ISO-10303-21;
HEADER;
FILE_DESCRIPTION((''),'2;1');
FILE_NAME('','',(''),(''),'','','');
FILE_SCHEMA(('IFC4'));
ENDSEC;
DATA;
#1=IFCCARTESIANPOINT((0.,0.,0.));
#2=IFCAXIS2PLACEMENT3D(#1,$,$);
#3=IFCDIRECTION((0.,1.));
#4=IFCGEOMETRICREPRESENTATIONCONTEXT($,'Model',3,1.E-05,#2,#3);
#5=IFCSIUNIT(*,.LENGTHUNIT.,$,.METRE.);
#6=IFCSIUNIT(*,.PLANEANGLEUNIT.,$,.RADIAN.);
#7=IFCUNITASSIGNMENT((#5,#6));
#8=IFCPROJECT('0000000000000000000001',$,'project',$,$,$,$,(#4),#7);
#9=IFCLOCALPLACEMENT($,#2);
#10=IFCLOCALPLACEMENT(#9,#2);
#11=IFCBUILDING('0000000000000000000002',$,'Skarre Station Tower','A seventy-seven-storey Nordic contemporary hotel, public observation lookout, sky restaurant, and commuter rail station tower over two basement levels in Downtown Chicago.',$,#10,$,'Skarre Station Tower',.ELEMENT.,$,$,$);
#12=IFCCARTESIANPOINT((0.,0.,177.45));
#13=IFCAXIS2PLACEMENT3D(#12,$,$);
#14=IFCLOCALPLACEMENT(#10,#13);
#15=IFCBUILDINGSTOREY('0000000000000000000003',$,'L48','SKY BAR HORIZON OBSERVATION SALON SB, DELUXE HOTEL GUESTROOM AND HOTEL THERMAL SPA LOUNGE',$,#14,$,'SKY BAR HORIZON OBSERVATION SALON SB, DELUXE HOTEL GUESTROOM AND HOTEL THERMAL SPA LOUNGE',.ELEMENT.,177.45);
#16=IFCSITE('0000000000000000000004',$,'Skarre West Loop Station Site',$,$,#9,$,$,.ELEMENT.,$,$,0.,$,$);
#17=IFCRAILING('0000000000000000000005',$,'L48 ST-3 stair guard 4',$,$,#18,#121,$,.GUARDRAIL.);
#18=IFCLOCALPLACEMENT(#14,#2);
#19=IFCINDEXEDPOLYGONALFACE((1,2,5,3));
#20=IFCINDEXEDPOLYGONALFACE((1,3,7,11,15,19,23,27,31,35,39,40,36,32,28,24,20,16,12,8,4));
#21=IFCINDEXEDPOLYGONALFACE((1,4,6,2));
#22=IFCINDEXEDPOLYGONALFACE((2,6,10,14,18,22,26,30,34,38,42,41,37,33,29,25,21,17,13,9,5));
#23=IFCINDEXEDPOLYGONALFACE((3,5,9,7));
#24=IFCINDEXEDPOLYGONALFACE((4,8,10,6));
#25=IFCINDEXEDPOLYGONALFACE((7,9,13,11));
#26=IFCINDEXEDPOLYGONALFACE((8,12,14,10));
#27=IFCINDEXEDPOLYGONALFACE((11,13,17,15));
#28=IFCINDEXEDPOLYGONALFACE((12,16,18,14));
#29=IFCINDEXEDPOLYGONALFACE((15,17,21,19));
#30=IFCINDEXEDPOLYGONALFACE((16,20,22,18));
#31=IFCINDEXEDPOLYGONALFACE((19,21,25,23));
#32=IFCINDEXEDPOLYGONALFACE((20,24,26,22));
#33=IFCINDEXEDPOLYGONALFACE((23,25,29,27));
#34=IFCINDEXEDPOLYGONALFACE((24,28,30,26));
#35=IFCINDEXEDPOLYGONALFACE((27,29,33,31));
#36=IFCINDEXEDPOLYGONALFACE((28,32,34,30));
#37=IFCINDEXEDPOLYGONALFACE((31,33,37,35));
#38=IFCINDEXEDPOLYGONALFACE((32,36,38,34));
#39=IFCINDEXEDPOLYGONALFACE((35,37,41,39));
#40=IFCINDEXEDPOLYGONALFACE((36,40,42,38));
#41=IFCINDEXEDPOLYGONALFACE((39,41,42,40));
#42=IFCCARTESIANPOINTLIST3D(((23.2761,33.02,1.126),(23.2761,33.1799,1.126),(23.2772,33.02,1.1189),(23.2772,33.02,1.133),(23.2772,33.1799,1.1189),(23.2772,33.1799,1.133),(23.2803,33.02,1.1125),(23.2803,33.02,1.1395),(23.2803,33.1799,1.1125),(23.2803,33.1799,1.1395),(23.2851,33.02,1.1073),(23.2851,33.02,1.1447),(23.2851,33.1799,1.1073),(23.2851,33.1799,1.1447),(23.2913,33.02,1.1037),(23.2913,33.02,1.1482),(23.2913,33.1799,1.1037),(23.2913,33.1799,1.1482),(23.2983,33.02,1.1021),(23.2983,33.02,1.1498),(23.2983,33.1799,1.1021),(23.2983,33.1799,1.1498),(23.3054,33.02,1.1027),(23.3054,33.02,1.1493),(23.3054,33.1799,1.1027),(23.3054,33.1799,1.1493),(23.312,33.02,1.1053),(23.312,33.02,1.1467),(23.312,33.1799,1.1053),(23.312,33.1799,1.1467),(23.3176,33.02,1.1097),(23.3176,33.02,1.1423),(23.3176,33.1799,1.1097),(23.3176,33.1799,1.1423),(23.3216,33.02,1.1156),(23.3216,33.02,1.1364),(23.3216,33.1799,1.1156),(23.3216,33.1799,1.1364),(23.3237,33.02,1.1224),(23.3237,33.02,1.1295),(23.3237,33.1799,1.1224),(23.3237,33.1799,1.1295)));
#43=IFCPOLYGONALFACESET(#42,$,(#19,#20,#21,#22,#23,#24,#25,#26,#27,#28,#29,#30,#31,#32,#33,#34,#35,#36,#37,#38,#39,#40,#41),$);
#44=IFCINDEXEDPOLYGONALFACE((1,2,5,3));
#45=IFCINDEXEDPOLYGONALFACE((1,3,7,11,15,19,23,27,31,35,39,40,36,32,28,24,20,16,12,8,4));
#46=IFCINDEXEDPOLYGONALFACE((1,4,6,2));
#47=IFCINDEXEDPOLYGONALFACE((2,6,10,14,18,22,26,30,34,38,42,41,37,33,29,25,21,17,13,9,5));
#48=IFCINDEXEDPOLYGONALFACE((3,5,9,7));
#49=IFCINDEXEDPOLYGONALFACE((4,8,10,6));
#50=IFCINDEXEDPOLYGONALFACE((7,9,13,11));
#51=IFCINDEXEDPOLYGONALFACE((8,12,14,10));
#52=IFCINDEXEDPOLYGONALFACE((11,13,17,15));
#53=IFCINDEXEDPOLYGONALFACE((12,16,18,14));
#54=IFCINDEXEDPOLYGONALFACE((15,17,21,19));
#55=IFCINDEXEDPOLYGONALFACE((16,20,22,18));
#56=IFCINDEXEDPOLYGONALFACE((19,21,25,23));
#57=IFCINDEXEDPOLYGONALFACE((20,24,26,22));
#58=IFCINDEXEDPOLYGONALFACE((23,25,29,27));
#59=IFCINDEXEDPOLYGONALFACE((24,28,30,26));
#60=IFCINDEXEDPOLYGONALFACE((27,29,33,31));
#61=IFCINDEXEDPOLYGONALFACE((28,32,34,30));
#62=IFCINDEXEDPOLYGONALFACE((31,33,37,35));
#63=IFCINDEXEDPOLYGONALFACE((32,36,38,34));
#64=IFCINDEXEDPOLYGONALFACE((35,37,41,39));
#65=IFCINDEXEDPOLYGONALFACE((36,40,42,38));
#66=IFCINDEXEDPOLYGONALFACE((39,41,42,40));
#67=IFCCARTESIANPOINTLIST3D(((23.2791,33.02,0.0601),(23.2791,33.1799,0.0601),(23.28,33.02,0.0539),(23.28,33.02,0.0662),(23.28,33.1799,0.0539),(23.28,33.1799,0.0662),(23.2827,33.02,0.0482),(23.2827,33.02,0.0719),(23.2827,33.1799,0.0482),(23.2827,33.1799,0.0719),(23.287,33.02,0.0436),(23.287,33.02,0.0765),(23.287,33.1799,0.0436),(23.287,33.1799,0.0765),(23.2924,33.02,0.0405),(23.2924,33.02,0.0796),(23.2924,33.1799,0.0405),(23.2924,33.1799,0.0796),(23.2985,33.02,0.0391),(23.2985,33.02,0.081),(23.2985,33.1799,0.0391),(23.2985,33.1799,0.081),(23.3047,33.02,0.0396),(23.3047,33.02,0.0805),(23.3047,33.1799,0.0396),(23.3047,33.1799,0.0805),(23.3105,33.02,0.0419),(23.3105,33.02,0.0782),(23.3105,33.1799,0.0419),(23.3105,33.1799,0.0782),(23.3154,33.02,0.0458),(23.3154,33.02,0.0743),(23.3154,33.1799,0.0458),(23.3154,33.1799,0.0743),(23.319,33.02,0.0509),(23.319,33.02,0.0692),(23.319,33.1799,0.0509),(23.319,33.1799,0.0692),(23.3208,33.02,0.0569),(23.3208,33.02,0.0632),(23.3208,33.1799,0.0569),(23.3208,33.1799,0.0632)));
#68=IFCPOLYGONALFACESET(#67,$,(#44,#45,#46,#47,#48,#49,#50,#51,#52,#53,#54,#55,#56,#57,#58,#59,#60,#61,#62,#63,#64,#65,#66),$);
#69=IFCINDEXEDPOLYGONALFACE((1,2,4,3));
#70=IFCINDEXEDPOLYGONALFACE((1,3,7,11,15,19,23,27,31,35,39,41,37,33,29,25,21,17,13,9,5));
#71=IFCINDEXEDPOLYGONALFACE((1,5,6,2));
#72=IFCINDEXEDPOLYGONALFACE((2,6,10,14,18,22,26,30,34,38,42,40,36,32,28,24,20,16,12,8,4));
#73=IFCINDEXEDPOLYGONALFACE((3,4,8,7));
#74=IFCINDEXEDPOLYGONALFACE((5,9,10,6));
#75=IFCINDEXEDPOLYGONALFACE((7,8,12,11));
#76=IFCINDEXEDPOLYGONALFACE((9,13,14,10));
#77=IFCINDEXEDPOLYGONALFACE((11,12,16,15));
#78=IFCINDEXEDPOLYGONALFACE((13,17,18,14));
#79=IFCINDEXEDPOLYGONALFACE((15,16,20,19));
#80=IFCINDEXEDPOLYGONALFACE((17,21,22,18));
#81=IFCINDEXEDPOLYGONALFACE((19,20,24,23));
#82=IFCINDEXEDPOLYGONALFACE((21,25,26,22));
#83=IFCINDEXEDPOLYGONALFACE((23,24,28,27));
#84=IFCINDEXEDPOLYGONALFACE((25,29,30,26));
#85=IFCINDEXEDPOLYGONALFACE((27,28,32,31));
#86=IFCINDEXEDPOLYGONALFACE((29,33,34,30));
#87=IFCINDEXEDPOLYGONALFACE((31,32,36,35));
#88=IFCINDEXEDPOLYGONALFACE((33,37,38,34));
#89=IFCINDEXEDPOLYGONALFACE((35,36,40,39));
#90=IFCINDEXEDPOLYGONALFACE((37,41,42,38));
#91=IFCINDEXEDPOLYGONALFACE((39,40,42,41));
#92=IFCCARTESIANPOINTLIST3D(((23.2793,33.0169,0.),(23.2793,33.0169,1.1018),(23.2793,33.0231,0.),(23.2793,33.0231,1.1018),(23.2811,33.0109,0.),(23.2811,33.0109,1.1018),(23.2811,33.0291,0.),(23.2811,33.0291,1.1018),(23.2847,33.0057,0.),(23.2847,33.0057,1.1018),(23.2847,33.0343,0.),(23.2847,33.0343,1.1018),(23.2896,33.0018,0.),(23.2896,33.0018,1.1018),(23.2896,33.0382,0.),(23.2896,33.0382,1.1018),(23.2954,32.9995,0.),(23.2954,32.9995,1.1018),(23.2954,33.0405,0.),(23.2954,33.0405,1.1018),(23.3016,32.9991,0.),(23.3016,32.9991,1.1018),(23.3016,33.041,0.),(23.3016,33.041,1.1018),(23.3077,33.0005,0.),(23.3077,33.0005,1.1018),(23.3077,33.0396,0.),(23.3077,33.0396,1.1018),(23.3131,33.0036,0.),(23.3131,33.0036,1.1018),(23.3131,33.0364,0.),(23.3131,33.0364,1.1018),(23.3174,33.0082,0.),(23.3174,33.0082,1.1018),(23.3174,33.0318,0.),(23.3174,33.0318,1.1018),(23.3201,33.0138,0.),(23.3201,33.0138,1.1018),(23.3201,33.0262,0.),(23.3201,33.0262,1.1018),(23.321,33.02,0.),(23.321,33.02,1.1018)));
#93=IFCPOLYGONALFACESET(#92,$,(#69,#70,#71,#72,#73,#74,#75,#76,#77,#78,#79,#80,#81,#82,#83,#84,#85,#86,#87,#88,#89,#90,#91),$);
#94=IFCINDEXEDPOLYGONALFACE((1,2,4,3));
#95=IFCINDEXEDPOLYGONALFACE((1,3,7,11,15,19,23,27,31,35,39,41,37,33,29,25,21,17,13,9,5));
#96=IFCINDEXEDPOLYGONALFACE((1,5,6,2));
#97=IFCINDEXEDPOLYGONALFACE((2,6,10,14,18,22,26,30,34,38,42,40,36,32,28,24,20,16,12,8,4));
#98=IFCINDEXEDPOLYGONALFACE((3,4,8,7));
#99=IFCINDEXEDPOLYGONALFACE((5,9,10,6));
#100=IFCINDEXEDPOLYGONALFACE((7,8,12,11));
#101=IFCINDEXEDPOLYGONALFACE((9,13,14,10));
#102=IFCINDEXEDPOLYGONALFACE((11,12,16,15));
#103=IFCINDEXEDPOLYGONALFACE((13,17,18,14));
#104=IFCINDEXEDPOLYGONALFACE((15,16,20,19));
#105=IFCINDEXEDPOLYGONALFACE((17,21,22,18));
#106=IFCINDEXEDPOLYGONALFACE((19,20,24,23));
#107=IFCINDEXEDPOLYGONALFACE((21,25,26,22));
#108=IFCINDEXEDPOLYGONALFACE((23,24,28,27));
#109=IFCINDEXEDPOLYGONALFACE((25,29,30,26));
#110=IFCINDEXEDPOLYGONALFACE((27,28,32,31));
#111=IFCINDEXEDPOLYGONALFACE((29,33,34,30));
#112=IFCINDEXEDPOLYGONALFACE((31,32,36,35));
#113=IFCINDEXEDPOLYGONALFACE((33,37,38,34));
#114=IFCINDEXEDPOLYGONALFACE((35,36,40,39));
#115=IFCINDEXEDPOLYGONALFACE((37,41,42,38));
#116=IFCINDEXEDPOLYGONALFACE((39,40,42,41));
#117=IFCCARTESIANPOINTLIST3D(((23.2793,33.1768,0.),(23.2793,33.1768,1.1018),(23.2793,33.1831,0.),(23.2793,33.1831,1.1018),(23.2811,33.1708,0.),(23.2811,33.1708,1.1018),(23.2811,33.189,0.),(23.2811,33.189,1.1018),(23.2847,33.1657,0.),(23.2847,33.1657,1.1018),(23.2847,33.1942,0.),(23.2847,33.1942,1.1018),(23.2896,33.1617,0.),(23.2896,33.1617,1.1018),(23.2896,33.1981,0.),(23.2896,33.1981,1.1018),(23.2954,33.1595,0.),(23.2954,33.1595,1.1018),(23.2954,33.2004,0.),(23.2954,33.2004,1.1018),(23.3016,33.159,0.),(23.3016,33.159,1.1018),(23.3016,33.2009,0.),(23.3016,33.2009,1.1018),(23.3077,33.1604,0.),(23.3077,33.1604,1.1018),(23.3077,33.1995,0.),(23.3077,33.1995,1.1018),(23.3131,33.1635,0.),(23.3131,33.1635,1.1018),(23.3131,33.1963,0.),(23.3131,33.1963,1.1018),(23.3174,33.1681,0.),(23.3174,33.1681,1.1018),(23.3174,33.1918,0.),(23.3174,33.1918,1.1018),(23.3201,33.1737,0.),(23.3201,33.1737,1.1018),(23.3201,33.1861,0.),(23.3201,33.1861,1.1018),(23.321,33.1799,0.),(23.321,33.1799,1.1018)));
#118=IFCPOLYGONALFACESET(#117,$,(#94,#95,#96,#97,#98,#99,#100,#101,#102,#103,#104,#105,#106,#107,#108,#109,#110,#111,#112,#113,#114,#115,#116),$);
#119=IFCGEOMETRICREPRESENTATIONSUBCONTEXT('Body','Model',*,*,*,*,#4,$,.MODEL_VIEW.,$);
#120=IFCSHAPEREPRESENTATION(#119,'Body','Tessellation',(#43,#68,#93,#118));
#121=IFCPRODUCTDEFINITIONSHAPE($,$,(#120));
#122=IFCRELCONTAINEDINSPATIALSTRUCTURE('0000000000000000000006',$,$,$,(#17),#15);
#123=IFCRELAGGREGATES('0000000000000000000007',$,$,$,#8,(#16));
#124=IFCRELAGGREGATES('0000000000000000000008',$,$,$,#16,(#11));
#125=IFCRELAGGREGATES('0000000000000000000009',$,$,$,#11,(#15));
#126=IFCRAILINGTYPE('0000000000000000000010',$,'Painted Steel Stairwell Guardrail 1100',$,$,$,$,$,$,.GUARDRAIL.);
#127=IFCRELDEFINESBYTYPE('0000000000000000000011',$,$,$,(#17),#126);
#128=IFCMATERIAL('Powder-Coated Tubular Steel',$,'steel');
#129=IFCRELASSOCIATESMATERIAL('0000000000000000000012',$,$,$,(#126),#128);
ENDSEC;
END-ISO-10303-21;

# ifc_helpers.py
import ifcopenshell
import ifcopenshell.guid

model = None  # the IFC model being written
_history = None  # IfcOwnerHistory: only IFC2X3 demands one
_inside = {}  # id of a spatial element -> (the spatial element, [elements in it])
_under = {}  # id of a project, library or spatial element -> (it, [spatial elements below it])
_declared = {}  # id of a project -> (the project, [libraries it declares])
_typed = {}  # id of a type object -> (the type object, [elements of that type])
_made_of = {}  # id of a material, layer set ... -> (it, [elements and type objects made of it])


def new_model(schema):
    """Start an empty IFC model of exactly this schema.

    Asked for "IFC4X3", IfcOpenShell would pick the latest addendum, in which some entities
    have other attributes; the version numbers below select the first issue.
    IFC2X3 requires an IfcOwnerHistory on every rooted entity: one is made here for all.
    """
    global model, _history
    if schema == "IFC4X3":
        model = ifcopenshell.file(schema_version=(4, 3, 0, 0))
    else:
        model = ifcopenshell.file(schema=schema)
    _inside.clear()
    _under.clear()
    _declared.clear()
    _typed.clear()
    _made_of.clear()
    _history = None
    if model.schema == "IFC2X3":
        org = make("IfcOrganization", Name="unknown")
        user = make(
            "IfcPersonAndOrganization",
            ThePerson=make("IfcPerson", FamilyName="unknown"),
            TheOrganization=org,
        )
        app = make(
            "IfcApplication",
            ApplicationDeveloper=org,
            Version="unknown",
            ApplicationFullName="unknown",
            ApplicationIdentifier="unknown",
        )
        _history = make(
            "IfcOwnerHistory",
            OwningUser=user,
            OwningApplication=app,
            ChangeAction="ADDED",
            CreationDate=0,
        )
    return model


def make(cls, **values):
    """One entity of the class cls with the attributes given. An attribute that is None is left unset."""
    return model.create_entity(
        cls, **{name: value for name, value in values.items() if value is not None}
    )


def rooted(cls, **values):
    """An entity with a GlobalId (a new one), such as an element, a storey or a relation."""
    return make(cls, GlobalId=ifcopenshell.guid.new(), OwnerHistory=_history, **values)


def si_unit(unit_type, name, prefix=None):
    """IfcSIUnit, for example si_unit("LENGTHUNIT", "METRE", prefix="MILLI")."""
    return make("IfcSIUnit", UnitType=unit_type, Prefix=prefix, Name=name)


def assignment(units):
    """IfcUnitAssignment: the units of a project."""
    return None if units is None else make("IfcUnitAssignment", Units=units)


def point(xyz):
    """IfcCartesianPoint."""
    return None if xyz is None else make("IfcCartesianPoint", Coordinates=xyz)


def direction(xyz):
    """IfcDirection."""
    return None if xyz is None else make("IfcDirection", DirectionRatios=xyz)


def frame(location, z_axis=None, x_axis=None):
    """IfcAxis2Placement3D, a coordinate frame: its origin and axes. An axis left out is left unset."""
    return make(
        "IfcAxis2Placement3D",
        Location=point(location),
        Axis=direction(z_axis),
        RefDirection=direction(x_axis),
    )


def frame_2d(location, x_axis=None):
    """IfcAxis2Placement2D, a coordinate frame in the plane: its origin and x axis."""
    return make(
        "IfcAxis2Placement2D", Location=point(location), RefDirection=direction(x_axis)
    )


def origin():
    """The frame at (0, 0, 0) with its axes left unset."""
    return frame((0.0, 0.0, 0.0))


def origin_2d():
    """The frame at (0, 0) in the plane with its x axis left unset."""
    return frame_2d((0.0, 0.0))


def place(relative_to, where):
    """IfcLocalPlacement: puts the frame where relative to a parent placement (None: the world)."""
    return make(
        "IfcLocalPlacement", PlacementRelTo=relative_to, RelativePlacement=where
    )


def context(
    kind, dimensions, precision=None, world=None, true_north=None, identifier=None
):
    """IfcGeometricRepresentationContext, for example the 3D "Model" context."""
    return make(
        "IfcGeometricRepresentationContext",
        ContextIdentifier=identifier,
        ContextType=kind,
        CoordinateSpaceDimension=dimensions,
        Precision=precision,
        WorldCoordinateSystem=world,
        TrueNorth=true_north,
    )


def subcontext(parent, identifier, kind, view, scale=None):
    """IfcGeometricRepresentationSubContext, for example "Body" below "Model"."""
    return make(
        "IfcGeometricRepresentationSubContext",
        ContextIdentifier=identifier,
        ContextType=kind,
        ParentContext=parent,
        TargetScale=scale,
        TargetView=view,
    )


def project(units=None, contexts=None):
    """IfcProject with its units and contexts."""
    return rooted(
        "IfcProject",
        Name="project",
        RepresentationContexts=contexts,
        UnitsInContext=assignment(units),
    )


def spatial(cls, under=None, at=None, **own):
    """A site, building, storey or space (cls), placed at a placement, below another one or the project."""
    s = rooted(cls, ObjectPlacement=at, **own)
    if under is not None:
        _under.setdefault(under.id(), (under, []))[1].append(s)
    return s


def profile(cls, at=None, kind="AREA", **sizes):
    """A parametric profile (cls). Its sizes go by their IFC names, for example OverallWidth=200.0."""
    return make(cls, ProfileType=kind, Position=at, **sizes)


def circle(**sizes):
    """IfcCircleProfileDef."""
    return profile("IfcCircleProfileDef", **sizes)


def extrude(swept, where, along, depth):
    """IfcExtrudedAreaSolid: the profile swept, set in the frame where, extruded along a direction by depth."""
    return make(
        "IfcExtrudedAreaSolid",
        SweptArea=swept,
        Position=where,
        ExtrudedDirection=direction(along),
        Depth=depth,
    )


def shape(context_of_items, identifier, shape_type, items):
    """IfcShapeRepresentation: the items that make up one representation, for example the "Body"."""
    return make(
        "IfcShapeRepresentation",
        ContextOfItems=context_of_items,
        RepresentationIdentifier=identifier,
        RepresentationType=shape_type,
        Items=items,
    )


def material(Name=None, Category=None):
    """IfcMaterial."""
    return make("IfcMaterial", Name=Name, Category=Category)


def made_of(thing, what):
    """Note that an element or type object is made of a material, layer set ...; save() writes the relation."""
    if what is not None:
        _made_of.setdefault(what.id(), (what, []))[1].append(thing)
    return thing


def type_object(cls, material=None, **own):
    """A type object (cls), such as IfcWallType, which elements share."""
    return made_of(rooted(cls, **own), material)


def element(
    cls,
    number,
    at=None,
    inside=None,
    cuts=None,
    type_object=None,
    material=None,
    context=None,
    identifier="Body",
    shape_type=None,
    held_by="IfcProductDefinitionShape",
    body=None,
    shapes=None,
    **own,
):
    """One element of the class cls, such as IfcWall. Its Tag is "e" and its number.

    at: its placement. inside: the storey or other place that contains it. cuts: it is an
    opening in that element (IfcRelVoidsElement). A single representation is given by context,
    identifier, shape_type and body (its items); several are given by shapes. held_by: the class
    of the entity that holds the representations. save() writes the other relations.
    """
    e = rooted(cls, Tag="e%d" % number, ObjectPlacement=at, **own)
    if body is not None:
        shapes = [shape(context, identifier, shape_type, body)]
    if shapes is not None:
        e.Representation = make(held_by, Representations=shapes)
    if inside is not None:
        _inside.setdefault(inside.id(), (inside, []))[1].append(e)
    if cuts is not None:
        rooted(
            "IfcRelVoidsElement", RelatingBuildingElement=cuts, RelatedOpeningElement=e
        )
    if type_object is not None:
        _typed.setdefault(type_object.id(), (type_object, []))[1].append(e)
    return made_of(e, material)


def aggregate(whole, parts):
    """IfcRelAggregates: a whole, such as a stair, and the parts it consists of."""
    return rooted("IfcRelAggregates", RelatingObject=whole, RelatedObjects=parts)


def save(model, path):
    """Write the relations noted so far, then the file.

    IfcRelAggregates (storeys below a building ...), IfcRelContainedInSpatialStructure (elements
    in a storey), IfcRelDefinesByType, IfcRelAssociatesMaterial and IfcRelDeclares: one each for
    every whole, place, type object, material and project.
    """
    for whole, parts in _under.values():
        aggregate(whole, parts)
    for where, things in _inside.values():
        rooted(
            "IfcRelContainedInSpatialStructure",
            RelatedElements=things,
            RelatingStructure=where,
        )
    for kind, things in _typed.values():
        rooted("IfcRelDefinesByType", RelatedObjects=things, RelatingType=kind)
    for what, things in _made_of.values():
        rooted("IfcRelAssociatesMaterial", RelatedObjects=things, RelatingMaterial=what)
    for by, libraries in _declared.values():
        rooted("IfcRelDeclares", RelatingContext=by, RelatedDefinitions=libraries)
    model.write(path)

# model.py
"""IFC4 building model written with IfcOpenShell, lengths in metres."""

from ifc_helpers import new_model, si_unit, direction, frame, origin, origin_2d, place, context, subcontext, project, spatial, circle, extrude, material, type_object, element, save


model = new_model("IFC4")

# Units and contexts
model_context = context("Model", 3, precision=1e-05, world=origin(), true_north=direction((0.0, 1.0)))
body_context = subcontext(model_context, "Body", "Model", "MODEL_VIEW")
ifc_project = project(units=[si_unit("LENGTHUNIT", "METRE"), si_unit("PLANEANGLEUNIT", "RADIAN")], contexts=[model_context])

# Site, building, storey
site_placement = place(None, origin())
site = spatial("IfcSite", under=ifc_project, at=site_placement, Name="Skarre West Loop Station Site", CompositionType="ELEMENT", RefElevation=0.0)
building_placement = place(site_placement, origin())
building = spatial("IfcBuilding", under=site, at=building_placement, Name="Skarre Station Tower", Description="A seventy-seven-storey Nordic contemporary hotel, public observation lookout, sky restaurant, and commuter rail station tower over two basement levels in Downtown Chicago.", LongName="Skarre Station Tower", CompositionType="ELEMENT")
storey_placement = place(building_placement, frame((0.0, 0.0, 177.45)))
storey = spatial("IfcBuildingStorey", under=building, at=storey_placement, Name="L48", Description="SKY BAR HORIZON OBSERVATION SALON SB, DELUXE HOTEL GUESTROOM AND HOTEL THERMAL SPA LOUNGE", LongName="SKY BAR HORIZON OBSERVATION SALON SB, DELUXE HOTEL GUESTROOM AND HOTEL THERMAL SPA LOUNGE", CompositionType="ELEMENT", Elevation=177.45)

# Railing
ifc_material_1 = material(Name="Powder-Coated Tubular Steel", Category="steel")
railing_type_1 = type_object("IfcRailingType", Name="Painted Steel Stairwell Guardrail 1100", PredefinedType="GUARDRAIL", material=ifc_material_1)
railing_1_placement = place(storey_placement, frame((23.3, 33.02, 0.0)))
element("IfcRailing", 1, at=railing_1_placement, inside=storey, type_object=railing_type_1, Name="L48 ST-3 stair guard 4", PredefinedType="GUARDRAIL", context=body_context, shape_type="SweptSolid", body=[
    extrude(circle(Radius=0.0239, at=origin_2d()), frame((0.0, 0.0, 1.126), z_axis=(0.0, 1.0, 0.0), x_axis=(-1.0, 0.0, 0.0)), (0.0, 0.0, 1.0), 0.1599),
    extrude(circle(Radius=0.021, at=origin_2d()), frame((0.0, 0.0, 0.0601), z_axis=(0.0, 1.0, 0.0), x_axis=(-1.0, 0.0, 0.0)), (0.0, 0.0, 1.0), 0.1599),
    extrude(circle(Radius=0.021, at=origin_2d()), origin(), (0.0, 0.0, 1.0), 1.1018),
    extrude(circle(Radius=0.021, at=origin_2d()), frame((0.0, 0.1599, 0.0)), (0.0, 0.0, 1.0), 1.1018),
])

save(model, "model.ifc")
